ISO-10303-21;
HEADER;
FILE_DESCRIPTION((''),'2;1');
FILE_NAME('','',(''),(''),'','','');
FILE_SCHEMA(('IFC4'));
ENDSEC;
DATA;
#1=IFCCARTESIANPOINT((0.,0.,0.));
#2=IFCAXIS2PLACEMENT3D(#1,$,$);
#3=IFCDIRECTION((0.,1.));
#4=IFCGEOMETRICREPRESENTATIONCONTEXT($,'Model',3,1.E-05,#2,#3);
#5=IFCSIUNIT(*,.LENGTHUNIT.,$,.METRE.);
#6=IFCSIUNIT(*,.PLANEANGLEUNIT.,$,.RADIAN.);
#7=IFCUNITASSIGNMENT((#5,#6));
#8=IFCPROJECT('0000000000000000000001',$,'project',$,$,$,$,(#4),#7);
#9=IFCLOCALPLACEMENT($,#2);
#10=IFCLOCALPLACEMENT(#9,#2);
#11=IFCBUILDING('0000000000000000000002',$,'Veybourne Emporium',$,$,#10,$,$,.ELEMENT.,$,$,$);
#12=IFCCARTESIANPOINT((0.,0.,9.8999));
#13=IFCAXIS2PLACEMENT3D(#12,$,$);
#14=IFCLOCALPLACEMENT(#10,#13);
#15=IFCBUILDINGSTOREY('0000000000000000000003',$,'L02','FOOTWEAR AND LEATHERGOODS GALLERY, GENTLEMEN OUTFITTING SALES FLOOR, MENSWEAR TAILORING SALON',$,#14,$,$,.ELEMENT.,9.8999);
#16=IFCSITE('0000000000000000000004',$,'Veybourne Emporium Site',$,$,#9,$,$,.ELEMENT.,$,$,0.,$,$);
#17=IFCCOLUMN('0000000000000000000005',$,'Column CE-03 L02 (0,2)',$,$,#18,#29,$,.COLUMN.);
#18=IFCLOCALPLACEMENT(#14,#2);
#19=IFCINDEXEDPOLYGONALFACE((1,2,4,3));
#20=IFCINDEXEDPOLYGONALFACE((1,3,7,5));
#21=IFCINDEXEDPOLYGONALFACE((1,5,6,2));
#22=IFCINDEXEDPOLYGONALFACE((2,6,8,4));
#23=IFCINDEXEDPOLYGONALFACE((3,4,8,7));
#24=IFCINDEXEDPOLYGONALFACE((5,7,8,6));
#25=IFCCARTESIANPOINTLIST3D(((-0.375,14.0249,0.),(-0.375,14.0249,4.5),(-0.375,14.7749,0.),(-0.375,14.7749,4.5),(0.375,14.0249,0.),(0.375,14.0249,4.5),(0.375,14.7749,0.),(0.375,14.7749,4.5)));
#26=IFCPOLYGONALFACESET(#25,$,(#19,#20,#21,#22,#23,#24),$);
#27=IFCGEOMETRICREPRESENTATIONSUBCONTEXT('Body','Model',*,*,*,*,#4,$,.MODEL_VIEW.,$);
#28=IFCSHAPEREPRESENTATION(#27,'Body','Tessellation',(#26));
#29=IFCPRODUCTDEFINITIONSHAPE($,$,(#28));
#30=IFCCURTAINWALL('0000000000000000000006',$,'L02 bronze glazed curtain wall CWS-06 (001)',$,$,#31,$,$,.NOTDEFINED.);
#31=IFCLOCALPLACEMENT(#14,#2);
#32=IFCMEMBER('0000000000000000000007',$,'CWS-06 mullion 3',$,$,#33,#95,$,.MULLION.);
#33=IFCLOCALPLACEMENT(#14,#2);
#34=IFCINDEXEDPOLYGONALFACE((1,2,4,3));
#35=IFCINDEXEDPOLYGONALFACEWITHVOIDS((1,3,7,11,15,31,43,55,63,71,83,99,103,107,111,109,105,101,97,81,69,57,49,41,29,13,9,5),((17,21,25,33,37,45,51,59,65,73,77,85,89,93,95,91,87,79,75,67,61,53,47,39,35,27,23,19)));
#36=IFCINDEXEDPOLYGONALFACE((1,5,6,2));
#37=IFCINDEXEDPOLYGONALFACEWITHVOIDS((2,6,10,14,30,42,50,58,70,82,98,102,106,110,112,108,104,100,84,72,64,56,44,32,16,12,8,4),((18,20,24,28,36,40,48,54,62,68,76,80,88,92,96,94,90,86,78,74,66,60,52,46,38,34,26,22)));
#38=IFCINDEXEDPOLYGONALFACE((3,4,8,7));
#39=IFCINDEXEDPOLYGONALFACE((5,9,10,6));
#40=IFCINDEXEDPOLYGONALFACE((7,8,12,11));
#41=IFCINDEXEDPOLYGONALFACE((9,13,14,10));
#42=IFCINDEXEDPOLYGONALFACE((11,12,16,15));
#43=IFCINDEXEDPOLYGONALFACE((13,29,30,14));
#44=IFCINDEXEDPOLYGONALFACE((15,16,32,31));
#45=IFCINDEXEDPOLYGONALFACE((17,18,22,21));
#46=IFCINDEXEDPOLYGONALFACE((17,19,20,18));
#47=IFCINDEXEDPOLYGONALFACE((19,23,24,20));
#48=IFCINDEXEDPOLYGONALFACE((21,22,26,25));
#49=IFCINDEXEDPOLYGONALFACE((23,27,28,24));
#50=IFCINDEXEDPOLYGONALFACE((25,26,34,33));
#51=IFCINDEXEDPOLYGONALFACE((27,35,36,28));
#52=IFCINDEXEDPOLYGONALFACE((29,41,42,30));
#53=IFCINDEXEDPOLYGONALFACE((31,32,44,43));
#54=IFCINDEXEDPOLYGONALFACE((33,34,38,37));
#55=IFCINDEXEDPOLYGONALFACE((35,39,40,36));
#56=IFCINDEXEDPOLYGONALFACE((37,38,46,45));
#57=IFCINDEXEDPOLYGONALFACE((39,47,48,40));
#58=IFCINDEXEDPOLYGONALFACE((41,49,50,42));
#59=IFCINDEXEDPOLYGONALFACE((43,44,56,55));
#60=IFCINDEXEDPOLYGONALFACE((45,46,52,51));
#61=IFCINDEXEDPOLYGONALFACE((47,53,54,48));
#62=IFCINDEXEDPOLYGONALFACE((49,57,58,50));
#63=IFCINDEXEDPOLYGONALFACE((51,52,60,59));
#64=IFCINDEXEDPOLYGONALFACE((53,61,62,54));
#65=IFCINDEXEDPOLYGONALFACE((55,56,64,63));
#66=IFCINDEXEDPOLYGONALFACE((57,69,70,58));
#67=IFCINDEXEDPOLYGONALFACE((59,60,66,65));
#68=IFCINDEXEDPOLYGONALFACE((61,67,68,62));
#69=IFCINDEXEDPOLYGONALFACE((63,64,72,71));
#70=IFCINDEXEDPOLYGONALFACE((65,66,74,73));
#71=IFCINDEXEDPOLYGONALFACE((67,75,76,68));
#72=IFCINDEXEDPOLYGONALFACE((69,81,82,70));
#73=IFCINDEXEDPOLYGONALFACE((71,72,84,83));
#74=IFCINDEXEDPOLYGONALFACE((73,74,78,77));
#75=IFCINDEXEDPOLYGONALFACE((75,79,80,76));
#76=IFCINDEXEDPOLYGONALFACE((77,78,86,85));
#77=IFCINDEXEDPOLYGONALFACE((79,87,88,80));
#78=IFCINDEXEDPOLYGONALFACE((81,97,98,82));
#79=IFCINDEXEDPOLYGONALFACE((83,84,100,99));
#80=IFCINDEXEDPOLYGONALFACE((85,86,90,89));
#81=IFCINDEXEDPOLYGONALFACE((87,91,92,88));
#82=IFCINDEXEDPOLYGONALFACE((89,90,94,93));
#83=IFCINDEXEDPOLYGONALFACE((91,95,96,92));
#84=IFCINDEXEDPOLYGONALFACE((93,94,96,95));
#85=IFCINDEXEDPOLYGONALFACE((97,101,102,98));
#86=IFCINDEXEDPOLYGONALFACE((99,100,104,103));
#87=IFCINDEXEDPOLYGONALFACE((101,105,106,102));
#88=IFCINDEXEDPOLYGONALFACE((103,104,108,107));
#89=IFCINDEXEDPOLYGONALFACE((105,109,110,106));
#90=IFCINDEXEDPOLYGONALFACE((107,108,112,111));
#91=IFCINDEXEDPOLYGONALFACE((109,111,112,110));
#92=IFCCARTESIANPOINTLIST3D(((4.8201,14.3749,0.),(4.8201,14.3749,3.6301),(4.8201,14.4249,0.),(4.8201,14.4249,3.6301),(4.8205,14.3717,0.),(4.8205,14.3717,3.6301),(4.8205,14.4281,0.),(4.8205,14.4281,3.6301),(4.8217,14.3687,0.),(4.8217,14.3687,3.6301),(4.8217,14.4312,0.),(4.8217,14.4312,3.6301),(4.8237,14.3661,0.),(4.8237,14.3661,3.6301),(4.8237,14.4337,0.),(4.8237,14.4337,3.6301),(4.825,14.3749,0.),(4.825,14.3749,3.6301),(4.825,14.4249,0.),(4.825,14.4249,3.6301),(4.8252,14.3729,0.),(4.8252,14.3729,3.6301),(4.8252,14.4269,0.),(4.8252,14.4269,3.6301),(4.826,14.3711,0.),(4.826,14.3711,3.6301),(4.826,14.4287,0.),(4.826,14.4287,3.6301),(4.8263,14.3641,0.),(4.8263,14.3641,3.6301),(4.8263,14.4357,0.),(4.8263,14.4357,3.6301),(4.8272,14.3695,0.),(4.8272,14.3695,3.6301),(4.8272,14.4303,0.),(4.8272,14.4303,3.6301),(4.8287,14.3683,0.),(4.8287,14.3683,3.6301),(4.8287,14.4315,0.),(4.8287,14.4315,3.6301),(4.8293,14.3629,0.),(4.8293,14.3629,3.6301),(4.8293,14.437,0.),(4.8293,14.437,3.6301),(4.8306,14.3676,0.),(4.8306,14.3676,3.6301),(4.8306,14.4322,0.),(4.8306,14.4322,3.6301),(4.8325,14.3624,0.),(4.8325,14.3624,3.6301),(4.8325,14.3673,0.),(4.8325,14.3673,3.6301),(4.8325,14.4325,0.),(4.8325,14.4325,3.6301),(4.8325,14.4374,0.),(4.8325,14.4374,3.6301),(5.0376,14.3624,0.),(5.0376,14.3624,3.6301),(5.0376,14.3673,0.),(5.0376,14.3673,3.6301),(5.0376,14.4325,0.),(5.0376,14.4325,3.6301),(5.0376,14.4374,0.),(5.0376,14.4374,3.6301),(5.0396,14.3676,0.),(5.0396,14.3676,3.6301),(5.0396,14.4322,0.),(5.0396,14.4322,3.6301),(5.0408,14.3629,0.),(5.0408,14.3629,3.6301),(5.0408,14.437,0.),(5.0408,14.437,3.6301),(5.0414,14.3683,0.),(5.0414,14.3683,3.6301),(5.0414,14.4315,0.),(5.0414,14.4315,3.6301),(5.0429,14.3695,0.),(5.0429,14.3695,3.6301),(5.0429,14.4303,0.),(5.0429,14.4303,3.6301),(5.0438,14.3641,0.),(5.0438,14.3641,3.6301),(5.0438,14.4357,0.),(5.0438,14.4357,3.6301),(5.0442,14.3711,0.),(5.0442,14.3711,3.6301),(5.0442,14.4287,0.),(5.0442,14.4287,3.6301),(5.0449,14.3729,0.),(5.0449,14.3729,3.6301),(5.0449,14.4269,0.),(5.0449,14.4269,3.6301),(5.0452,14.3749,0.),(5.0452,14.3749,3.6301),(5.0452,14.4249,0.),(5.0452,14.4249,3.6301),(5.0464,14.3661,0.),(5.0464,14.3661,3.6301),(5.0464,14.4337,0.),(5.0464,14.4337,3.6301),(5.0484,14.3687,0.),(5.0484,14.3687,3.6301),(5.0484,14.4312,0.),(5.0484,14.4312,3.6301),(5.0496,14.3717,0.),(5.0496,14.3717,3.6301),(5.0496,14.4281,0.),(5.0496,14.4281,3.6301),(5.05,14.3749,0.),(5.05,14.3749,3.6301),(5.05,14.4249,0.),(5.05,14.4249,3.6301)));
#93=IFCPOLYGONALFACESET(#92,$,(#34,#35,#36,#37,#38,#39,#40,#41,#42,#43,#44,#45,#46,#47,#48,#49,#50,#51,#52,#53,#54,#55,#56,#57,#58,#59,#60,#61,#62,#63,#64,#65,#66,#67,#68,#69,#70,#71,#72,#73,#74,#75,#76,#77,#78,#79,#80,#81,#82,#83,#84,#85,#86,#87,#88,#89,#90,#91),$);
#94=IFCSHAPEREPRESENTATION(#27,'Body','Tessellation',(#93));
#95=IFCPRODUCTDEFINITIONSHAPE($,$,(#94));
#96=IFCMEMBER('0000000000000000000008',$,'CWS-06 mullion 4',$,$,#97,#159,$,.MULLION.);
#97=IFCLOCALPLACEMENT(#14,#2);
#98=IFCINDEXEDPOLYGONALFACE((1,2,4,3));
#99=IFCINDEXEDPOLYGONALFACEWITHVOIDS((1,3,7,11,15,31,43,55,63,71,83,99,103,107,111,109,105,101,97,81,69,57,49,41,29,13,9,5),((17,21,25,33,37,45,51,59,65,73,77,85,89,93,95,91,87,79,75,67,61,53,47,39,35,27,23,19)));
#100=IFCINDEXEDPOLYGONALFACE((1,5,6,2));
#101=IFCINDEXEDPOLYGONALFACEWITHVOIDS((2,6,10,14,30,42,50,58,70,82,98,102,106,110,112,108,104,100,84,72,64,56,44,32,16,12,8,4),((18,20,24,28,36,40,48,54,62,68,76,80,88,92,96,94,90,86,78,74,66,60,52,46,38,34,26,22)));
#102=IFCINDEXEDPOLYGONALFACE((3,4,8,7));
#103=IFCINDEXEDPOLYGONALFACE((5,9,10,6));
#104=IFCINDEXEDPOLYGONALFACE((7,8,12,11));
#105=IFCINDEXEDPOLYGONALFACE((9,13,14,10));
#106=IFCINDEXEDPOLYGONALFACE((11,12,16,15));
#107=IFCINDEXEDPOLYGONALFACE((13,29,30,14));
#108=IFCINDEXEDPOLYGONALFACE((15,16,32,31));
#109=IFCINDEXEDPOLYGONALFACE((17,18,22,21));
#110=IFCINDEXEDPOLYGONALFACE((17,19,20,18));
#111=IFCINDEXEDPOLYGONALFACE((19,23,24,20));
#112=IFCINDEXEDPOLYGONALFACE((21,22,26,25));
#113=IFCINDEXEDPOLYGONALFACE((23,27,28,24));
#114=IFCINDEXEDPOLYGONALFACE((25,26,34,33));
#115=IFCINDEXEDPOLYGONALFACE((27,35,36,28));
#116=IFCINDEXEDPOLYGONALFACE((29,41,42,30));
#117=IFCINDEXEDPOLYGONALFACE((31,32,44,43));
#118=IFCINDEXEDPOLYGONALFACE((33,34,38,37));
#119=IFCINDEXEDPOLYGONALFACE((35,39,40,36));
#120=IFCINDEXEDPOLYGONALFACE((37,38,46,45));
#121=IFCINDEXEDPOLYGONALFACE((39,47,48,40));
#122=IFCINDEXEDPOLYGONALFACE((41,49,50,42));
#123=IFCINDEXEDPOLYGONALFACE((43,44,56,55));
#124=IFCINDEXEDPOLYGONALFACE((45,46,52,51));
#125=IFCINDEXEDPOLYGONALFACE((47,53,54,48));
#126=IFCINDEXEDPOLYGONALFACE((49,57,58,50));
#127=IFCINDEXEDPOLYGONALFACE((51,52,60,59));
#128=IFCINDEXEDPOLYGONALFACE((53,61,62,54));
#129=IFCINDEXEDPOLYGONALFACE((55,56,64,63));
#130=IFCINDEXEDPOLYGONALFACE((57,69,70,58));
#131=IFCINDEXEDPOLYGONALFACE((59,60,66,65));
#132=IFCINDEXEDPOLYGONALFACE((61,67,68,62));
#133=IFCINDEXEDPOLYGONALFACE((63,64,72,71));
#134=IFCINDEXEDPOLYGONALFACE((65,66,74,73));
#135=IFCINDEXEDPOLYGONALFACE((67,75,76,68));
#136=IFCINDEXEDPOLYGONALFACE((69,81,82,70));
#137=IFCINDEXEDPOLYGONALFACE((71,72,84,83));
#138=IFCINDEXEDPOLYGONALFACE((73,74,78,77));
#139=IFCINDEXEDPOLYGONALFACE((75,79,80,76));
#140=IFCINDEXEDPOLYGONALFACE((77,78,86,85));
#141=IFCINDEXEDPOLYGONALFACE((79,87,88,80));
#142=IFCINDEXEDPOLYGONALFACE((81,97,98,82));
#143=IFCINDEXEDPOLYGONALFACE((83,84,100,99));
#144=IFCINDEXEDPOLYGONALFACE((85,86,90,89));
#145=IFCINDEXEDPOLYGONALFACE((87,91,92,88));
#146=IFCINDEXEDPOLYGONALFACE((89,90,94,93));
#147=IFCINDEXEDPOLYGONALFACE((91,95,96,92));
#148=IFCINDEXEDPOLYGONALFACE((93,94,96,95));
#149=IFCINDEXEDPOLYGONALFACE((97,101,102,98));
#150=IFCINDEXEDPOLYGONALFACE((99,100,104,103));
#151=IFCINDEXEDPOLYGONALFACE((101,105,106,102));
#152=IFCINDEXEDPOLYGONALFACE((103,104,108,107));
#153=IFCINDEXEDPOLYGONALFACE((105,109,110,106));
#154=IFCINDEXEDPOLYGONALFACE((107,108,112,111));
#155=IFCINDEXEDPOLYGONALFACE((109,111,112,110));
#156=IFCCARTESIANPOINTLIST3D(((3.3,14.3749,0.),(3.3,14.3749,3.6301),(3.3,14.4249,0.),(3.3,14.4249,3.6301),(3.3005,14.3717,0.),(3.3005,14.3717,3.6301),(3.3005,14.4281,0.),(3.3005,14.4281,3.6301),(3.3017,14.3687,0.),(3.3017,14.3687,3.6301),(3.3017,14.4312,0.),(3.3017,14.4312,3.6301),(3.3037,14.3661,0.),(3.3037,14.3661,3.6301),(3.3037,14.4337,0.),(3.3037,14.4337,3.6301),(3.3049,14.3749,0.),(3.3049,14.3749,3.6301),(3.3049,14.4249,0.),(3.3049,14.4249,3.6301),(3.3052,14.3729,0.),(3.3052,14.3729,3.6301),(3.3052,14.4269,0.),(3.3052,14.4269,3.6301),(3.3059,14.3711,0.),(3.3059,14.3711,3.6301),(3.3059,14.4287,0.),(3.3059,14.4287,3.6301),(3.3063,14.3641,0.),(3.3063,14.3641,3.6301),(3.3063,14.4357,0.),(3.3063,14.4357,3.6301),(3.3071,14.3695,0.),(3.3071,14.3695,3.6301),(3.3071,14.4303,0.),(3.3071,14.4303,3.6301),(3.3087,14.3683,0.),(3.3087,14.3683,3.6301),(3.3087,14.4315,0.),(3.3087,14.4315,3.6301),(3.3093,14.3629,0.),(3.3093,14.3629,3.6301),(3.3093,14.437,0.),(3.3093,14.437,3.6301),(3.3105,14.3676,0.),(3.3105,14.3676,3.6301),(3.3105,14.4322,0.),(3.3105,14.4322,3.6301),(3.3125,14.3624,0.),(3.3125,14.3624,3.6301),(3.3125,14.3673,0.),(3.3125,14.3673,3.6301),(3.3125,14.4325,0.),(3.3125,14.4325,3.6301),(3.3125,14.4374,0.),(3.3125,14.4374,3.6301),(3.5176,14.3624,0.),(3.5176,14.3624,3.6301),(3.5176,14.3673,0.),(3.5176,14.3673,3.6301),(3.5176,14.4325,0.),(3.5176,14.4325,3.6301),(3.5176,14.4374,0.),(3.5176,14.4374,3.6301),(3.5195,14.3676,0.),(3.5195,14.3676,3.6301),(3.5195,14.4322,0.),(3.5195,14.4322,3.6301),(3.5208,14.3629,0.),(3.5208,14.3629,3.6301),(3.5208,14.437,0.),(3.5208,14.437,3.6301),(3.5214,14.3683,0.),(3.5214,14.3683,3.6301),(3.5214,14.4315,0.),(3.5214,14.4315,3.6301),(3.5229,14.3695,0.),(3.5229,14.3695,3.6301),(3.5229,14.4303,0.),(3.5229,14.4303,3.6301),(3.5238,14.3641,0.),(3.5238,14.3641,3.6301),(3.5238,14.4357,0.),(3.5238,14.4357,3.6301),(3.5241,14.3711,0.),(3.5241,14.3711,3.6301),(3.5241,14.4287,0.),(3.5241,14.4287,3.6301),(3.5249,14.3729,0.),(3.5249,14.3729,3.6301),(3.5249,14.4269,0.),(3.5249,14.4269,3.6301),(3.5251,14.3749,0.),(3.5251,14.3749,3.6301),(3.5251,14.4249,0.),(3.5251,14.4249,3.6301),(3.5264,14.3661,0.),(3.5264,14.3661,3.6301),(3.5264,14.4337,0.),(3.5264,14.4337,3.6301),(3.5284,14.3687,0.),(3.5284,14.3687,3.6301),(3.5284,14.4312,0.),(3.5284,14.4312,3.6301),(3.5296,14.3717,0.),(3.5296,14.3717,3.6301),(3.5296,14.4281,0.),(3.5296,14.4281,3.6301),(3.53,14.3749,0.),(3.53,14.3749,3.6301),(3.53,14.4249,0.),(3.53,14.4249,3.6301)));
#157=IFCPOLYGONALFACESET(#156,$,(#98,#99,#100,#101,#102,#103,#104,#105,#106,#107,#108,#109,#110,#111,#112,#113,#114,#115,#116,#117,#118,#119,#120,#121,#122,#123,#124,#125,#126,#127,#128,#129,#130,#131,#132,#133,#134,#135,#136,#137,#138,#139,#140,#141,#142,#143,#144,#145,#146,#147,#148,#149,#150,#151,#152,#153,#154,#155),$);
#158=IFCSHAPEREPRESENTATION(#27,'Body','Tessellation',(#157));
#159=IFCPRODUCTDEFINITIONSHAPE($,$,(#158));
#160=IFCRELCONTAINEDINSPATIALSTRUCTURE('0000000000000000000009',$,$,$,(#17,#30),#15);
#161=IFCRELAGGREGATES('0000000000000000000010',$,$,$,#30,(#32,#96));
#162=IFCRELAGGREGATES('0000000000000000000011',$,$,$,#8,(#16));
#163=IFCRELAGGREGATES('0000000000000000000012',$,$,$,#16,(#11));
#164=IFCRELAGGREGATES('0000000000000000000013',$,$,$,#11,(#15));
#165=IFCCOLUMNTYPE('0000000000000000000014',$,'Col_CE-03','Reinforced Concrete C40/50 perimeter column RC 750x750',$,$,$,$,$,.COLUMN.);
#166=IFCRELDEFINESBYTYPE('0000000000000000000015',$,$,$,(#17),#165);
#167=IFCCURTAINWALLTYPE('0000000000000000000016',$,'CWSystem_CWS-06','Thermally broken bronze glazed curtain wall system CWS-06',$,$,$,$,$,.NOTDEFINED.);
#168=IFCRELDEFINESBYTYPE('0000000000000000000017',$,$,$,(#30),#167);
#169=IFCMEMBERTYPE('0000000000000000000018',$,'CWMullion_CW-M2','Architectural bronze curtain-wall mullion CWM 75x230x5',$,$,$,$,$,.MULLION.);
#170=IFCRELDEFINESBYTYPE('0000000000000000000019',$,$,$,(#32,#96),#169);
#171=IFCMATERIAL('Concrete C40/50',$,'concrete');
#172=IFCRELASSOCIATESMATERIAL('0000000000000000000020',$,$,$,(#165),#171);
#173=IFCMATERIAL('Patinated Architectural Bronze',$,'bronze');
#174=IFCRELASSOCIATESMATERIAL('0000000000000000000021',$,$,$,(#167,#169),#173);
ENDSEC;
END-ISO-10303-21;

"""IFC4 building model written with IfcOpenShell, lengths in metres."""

from ifc_helpers import new_model, si_unit, direction, frame, origin, origin_2d, place, context, subcontext, project, spatial, rectangle, hollow_rectangle, extrude, material, material_profile, profile_set, type_object, element, aggregate, save


model = new_model("IFC4")

# Units and contexts
model_context = context("Model", 3, precision=1e-05, world=origin(), true_north=direction((0.0, 1.0)))
body_context = subcontext(model_context, "Body", "Model", "MODEL_VIEW")
ifc_project = project(units=[si_unit("LENGTHUNIT", "METRE"), si_unit("PLANEANGLEUNIT", "RADIAN")], contexts=[model_context])

# Site, building, storey
site_placement = place(None, origin())
site = spatial("IfcSite", under=ifc_project, at=site_placement, Name="Veybourne Emporium Site", CompositionType="ELEMENT", RefElevation=0.0)
building_placement = place(site_placement, origin())
building = spatial("IfcBuilding", under=site, at=building_placement, Name="Veybourne Emporium", CompositionType="ELEMENT")
storey_placement = place(building_placement, frame((0.0, 0.0, 9.8999)))
storey = spatial("IfcBuildingStorey", under=building, at=storey_placement, Name="L02", Description="FOOTWEAR AND LEATHERGOODS GALLERY, GENTLEMEN OUTFITTING SALES FLOOR, MENSWEAR TAILORING SALON", CompositionType="ELEMENT", Elevation=9.8999)

# Column
ifc_material_1 = material(Name="Concrete C40/50", Category="concrete")
ifc_material_profile_1 = material_profile(ifc_material_1, rectangle(XDim=0.75, YDim=0.75, at=origin_2d()), Name="RC 750x750")
ifc_profile_set_1 = profile_set([ifc_material_profile_1], Name="Concrete C40/50")
column_type = type_object("IfcColumnType", Name="Col_CE-03", Description="Reinforced Concrete C40/50 perimeter column RC 750x750", PredefinedType="COLUMN", material=ifc_profile_set_1)
column_placement = place(storey_placement, frame((0.0, 14.3999, 0.0), z_axis=(0.0, 0.0, 1.0), x_axis=(1.0, 0.0, 0.0)))
element("IfcColumn", 1, at=column_placement, inside=storey, type_object=column_type, Name="Column CE-03 L02 (0,2)", PredefinedType="COLUMN", context=body_context, shape_type="SweptSolid", body=[
    extrude(rectangle(XDim=0.75, YDim=0.75, at=origin_2d()), origin(), (0.0, 0.0, 1.0), 4.5),
])

# Curtain wall, members
ifc_material_2 = material(Name="Patinated Architectural Bronze", Category="bronze")
curtain_wall_type = type_object("IfcCurtainWallType", Name="CWSystem_CWS-06", Description="Thermally broken bronze glazed curtain wall system CWS-06", PredefinedType="NOTDEFINED", material=ifc_material_2)
curtain_wall_placement = place(storey_placement, origin())
curtain_wall = element("IfcCurtainWall", 2, at=curtain_wall_placement, inside=storey, type_object=curtain_wall_type, Name="L02 bronze glazed curtain wall CWS-06 (001)", PredefinedType="NOTDEFINED")
ifc_material_profile_2 = material_profile(ifc_material_2, hollow_rectangle(XDim=0.075, YDim=0.23, WallThickness=0.0049, InnerFilletRadius=0.0076, OuterFilletRadius=0.0125, at=origin_2d()), Name="CWM 75x230x5")
ifc_profile_set_2 = profile_set([ifc_material_profile_2], Name="Patinated Architectural Bronze")
member_type_1 = type_object("IfcMemberType", Name="CWMullion_CW-M2", Description="Architectural bronze curtain-wall mullion CWM 75x230x5", PredefinedType="MULLION", material=ifc_profile_set_2)
member_1_placement = place(storey_placement, frame((4.9351, 14.3999, 0.0), z_axis=(0.0, 0.0, 1.0), x_axis=(0.0, -1.0, 0.0)))
member_1 = element("IfcMember", 3, at=member_1_placement, type_object=member_type_1, Name="CWS-06 mullion 3", PredefinedType="MULLION", context=body_context, shape_type="SweptSolid", body=[
    extrude(hollow_rectangle(XDim=0.075, YDim=0.23, WallThickness=0.0049, InnerFilletRadius=0.0076, OuterFilletRadius=0.0125, at=origin_2d()), origin(), (0.0, 0.0, 1.0), 3.6301),
])
member_2_placement = place(storey_placement, frame((3.415, 14.3999, 0.0), z_axis=(0.0, 0.0, 1.0), x_axis=(0.0, -1.0, 0.0)))
member_2 = element("IfcMember", 4, at=member_2_placement, type_object=member_type_1, Name="CWS-06 mullion 4", PredefinedType="MULLION", context=body_context, shape_type="SweptSolid", body=[
    extrude(hollow_rectangle(XDim=0.075, YDim=0.23, WallThickness=0.0049, InnerFilletRadius=0.0076, OuterFilletRadius=0.0125, at=origin_2d()), origin(), (0.0, 0.0, 1.0), 3.6301),
])

aggregate(curtain_wall, [member_1, member_2])

save(model, "model.ifc")
